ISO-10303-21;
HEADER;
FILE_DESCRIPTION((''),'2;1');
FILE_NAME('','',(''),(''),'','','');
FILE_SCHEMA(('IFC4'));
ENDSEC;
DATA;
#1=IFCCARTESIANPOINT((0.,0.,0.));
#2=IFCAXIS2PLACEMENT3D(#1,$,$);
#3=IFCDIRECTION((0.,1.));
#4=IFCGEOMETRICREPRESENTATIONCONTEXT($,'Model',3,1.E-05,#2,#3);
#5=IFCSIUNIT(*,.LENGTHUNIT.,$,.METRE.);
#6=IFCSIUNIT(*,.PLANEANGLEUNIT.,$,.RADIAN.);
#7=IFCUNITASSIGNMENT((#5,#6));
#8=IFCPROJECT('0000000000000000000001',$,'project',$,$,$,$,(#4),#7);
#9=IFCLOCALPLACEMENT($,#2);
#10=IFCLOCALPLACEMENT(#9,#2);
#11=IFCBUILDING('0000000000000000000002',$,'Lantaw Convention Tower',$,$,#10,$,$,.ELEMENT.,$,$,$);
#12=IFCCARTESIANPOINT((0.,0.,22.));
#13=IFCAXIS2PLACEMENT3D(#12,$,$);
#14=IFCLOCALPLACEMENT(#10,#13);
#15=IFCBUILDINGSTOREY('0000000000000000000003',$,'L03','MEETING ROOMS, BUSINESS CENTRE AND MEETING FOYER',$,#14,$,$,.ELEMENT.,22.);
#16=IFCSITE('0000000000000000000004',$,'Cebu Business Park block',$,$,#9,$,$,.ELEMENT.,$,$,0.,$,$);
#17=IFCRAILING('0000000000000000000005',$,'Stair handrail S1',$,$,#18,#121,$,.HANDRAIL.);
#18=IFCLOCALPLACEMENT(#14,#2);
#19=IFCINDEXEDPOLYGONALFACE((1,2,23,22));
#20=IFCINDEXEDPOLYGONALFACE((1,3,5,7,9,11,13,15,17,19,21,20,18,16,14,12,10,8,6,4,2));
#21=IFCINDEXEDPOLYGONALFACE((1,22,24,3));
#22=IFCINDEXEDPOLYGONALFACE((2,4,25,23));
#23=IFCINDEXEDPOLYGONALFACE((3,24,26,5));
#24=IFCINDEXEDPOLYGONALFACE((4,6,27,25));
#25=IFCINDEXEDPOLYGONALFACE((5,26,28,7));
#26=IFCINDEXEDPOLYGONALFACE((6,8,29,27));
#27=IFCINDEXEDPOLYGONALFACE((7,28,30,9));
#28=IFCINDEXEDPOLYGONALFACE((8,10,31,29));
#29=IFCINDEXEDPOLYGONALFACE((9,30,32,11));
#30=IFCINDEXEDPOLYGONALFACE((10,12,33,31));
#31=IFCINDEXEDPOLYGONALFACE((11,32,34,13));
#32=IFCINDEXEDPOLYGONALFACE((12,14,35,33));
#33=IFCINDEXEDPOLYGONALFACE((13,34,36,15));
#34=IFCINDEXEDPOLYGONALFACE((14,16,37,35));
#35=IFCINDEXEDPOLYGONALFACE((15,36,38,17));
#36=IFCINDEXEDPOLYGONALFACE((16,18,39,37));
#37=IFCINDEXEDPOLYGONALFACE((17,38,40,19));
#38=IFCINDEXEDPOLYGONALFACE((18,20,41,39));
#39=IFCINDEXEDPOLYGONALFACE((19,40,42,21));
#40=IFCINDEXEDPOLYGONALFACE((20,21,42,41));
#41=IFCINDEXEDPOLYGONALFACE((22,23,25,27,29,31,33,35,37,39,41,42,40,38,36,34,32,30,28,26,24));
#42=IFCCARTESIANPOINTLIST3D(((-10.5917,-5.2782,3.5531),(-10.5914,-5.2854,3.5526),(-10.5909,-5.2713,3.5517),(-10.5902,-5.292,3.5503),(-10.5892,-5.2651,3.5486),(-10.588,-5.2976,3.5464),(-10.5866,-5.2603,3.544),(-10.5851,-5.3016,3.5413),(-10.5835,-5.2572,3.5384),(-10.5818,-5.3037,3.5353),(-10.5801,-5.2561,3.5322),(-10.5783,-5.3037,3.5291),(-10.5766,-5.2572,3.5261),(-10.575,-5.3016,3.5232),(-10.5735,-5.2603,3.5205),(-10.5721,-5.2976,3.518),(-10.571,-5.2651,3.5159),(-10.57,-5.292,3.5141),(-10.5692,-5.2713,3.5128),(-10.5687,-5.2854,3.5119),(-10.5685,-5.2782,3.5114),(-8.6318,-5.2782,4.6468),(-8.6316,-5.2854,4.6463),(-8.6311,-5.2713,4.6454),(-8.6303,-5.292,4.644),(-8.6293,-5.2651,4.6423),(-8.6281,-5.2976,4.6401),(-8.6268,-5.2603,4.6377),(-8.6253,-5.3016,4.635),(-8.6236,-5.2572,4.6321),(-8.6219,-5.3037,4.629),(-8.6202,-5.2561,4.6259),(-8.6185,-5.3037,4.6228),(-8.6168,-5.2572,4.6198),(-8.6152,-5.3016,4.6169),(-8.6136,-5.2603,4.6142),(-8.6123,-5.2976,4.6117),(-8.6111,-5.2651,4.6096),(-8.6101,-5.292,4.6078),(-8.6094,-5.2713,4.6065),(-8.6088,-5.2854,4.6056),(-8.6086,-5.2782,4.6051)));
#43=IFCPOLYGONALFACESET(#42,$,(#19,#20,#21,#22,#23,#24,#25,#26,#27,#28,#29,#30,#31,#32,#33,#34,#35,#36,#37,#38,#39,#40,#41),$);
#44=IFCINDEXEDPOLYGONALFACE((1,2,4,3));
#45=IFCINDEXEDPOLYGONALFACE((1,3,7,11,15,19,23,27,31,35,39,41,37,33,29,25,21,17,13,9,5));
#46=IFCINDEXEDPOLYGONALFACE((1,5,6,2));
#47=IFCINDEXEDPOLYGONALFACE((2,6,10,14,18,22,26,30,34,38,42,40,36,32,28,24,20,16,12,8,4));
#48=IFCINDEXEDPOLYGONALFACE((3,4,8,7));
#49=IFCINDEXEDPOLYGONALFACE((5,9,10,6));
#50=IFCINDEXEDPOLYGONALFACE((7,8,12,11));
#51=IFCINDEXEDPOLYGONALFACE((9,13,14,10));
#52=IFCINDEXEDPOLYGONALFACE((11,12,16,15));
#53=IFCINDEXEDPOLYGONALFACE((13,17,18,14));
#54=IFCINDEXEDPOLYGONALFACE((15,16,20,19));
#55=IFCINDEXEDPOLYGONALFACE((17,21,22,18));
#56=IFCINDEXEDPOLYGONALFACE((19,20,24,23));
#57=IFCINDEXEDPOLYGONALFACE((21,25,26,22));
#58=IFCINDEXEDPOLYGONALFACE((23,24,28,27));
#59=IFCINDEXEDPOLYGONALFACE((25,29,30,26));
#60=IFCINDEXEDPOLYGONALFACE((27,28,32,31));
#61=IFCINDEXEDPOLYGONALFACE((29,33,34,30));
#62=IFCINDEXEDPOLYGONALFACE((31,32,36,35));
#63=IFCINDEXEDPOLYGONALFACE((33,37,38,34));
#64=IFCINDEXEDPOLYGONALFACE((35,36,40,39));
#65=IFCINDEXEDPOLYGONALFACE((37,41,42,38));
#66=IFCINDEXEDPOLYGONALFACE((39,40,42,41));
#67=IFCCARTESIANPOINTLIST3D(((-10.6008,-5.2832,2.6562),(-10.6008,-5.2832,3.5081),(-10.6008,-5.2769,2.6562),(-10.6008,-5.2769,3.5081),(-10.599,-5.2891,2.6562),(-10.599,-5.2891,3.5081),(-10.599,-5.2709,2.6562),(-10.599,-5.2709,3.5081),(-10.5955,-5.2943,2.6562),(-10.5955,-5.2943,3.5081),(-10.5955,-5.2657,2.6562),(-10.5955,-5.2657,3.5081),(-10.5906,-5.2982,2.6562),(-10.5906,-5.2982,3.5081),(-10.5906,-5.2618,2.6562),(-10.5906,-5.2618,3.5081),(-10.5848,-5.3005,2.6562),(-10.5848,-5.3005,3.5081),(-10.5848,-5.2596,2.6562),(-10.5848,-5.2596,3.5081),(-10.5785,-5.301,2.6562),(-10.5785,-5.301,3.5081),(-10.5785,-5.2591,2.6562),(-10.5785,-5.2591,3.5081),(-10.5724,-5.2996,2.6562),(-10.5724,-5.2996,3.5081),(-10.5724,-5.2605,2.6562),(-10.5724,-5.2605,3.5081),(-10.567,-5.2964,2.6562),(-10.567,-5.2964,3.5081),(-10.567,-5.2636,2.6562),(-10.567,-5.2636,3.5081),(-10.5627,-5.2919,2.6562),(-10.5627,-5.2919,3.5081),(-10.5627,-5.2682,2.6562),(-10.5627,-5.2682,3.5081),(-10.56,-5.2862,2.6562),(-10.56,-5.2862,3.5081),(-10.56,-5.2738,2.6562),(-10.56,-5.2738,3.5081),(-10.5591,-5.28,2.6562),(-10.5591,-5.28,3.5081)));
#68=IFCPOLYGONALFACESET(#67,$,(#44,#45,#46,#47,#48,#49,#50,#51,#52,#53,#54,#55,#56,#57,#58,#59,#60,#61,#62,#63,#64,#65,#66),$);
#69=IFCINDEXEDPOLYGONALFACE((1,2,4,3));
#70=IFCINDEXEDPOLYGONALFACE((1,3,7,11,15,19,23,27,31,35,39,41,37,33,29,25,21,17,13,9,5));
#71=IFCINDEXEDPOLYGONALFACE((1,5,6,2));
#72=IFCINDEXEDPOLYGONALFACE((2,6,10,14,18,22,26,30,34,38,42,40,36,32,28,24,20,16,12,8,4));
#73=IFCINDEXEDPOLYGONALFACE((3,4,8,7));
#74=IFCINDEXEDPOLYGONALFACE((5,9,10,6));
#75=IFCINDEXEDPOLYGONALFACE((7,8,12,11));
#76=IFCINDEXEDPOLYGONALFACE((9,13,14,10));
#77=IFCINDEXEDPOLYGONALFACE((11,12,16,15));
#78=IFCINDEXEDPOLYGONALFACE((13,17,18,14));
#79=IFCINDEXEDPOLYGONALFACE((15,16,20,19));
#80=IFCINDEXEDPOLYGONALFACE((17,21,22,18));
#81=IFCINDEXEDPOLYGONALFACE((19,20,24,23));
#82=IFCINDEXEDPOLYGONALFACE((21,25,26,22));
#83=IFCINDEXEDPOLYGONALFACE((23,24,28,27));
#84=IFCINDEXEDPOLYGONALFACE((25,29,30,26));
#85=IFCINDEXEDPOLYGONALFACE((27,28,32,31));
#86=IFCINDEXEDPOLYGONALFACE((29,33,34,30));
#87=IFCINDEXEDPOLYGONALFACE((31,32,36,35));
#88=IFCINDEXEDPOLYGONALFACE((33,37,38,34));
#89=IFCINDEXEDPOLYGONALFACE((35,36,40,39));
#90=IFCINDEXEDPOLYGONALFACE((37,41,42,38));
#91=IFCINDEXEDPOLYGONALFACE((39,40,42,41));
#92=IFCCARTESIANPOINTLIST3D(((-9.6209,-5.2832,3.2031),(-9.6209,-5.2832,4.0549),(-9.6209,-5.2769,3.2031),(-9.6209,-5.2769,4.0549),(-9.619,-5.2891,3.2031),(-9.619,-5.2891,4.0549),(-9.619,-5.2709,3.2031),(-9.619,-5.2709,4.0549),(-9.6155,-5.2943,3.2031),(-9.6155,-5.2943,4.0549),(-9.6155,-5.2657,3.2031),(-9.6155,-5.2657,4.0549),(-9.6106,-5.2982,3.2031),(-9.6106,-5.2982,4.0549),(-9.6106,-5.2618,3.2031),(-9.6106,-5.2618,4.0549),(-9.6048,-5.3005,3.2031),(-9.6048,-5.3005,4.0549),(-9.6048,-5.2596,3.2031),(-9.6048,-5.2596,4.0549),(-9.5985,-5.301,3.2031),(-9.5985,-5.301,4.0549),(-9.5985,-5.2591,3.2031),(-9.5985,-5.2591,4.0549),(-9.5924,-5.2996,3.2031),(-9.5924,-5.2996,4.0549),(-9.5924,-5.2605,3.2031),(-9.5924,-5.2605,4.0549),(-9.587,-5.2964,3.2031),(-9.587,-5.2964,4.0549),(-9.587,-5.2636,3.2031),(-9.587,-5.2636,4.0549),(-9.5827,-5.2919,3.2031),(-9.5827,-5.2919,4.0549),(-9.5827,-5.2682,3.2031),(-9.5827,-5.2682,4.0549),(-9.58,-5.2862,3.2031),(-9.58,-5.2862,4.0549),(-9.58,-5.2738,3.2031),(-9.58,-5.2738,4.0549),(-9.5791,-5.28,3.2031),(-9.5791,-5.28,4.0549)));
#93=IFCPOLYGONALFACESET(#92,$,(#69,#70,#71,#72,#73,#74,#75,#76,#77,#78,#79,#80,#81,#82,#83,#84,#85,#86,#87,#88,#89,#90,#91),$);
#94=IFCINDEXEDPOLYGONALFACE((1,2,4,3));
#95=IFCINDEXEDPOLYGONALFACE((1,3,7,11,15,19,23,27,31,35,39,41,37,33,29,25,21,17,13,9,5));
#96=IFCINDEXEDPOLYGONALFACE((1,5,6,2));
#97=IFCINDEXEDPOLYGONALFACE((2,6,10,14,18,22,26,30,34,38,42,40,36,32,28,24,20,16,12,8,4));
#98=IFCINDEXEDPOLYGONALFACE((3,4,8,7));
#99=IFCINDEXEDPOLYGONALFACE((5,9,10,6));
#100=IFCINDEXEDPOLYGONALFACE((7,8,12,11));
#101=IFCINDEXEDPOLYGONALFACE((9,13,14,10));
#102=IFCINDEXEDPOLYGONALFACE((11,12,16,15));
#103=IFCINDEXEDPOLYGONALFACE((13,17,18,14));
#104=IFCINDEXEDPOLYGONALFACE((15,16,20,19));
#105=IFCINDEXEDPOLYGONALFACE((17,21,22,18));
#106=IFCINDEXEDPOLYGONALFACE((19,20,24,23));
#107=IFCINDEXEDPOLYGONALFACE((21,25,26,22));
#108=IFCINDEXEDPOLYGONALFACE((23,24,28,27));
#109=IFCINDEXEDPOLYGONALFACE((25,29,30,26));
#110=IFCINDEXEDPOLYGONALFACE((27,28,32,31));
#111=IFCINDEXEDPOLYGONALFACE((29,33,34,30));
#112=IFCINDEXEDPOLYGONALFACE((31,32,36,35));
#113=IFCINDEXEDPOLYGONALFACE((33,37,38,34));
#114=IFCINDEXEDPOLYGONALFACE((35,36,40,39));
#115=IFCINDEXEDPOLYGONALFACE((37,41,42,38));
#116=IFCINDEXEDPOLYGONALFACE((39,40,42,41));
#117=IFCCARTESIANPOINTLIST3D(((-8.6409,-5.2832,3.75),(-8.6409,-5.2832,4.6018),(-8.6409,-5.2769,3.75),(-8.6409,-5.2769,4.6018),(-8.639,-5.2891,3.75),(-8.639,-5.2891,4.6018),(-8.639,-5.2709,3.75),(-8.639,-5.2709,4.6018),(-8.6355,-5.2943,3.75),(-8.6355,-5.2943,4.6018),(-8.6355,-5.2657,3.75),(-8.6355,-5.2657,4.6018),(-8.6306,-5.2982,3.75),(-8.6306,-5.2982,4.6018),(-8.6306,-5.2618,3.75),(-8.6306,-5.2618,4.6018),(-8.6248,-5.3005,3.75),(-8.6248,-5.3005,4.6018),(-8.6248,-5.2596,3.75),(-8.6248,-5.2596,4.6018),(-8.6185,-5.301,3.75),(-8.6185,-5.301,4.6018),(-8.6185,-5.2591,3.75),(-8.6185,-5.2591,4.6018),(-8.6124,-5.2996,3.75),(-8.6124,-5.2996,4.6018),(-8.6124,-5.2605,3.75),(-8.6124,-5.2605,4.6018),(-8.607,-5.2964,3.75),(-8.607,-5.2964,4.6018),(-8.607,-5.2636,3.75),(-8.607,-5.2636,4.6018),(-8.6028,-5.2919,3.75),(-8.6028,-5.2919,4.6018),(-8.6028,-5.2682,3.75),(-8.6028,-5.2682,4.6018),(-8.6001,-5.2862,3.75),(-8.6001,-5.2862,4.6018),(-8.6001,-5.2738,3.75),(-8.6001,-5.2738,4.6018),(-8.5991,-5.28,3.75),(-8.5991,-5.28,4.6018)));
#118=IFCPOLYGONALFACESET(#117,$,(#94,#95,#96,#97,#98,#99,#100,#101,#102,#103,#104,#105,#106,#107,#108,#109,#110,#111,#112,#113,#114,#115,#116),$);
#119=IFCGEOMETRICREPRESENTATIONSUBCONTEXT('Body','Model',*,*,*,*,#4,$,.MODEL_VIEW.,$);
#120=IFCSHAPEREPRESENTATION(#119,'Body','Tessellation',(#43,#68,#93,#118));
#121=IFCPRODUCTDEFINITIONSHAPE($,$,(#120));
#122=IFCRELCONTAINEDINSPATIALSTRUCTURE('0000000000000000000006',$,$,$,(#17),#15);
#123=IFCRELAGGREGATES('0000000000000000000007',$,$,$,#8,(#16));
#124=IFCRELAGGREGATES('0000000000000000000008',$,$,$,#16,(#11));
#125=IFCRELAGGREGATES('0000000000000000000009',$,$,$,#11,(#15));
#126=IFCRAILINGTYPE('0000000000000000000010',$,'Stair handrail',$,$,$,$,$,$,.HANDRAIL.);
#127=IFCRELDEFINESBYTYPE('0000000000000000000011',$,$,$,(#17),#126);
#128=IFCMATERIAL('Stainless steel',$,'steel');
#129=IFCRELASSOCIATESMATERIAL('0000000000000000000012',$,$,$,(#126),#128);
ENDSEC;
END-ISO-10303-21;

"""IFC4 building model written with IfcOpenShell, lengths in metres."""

from ifc_helpers import new_model, si_unit, direction, frame, origin, origin_2d, place, context, subcontext, project, spatial, circle, extrude, material, type_object, element, save


model = new_model("IFC4")

# Units and contexts
model_context = context("Model", 3, precision=1e-05, world=origin(), true_north=direction((0.0, 1.0)))
body_context = subcontext(model_context, "Body", "Model", "MODEL_VIEW")
ifc_project = project(units=[si_unit("LENGTHUNIT", "METRE"), si_unit("PLANEANGLEUNIT", "RADIAN")], contexts=[model_context])

# Site, building, storey
site_placement = place(None, origin())
site = spatial("IfcSite", under=ifc_project, at=site_placement, Name="Cebu Business Park block", CompositionType="ELEMENT", RefElevation=0.0)
building_placement = place(site_placement, origin())
building = spatial("IfcBuilding", under=site, at=building_placement, Name="Lantaw Convention Tower", CompositionType="ELEMENT")
storey_placement = place(building_placement, frame((0.0, 0.0, 22.0)))
storey = spatial("IfcBuildingStorey", under=building, at=storey_placement, Name="L03", Description="MEETING ROOMS, BUSINESS CENTRE AND MEETING FOYER", CompositionType="ELEMENT", Elevation=22.0)

# Railing
ifc_material_1 = material(Name="Stainless steel", Category="steel")
railing_type = type_object("IfcRailingType", Name="Stair handrail", PredefinedType="HANDRAIL", material=ifc_material_1)
railing_1_placement = place(storey_placement, frame((-10.5801, -5.28, 2.6562)))
element("IfcRailing", 1, at=railing_1_placement, inside=storey, type_object=railing_type, Name="Stair handrail S1", PredefinedType="HANDRAIL", context=body_context, shape_type="SweptSolid", body=[
    extrude(circle(Radius=0.0239, at=origin_2d()), frame((0.0, 0.0, 0.876), z_axis=(0.873232, 0.0, 0.487304), x_axis=(0.0, 1.0, 0.0)), (0.0, 0.0, 1.0), 2.2444),
    extrude(circle(Radius=0.021, at=origin_2d()), origin(), (0.0, 0.0, 1.0), 0.8518),
    extrude(circle(Radius=0.021, at=origin_2d()), frame((0.98, 0.0, 0.5469)), (0.0, 0.0, 1.0), 0.8518),
    extrude(circle(Radius=0.021, at=origin_2d()), frame((1.96, 0.0, 1.0938)), (0.0, 0.0, 1.0), 0.8518),
])

save(model, "model.ifc")
